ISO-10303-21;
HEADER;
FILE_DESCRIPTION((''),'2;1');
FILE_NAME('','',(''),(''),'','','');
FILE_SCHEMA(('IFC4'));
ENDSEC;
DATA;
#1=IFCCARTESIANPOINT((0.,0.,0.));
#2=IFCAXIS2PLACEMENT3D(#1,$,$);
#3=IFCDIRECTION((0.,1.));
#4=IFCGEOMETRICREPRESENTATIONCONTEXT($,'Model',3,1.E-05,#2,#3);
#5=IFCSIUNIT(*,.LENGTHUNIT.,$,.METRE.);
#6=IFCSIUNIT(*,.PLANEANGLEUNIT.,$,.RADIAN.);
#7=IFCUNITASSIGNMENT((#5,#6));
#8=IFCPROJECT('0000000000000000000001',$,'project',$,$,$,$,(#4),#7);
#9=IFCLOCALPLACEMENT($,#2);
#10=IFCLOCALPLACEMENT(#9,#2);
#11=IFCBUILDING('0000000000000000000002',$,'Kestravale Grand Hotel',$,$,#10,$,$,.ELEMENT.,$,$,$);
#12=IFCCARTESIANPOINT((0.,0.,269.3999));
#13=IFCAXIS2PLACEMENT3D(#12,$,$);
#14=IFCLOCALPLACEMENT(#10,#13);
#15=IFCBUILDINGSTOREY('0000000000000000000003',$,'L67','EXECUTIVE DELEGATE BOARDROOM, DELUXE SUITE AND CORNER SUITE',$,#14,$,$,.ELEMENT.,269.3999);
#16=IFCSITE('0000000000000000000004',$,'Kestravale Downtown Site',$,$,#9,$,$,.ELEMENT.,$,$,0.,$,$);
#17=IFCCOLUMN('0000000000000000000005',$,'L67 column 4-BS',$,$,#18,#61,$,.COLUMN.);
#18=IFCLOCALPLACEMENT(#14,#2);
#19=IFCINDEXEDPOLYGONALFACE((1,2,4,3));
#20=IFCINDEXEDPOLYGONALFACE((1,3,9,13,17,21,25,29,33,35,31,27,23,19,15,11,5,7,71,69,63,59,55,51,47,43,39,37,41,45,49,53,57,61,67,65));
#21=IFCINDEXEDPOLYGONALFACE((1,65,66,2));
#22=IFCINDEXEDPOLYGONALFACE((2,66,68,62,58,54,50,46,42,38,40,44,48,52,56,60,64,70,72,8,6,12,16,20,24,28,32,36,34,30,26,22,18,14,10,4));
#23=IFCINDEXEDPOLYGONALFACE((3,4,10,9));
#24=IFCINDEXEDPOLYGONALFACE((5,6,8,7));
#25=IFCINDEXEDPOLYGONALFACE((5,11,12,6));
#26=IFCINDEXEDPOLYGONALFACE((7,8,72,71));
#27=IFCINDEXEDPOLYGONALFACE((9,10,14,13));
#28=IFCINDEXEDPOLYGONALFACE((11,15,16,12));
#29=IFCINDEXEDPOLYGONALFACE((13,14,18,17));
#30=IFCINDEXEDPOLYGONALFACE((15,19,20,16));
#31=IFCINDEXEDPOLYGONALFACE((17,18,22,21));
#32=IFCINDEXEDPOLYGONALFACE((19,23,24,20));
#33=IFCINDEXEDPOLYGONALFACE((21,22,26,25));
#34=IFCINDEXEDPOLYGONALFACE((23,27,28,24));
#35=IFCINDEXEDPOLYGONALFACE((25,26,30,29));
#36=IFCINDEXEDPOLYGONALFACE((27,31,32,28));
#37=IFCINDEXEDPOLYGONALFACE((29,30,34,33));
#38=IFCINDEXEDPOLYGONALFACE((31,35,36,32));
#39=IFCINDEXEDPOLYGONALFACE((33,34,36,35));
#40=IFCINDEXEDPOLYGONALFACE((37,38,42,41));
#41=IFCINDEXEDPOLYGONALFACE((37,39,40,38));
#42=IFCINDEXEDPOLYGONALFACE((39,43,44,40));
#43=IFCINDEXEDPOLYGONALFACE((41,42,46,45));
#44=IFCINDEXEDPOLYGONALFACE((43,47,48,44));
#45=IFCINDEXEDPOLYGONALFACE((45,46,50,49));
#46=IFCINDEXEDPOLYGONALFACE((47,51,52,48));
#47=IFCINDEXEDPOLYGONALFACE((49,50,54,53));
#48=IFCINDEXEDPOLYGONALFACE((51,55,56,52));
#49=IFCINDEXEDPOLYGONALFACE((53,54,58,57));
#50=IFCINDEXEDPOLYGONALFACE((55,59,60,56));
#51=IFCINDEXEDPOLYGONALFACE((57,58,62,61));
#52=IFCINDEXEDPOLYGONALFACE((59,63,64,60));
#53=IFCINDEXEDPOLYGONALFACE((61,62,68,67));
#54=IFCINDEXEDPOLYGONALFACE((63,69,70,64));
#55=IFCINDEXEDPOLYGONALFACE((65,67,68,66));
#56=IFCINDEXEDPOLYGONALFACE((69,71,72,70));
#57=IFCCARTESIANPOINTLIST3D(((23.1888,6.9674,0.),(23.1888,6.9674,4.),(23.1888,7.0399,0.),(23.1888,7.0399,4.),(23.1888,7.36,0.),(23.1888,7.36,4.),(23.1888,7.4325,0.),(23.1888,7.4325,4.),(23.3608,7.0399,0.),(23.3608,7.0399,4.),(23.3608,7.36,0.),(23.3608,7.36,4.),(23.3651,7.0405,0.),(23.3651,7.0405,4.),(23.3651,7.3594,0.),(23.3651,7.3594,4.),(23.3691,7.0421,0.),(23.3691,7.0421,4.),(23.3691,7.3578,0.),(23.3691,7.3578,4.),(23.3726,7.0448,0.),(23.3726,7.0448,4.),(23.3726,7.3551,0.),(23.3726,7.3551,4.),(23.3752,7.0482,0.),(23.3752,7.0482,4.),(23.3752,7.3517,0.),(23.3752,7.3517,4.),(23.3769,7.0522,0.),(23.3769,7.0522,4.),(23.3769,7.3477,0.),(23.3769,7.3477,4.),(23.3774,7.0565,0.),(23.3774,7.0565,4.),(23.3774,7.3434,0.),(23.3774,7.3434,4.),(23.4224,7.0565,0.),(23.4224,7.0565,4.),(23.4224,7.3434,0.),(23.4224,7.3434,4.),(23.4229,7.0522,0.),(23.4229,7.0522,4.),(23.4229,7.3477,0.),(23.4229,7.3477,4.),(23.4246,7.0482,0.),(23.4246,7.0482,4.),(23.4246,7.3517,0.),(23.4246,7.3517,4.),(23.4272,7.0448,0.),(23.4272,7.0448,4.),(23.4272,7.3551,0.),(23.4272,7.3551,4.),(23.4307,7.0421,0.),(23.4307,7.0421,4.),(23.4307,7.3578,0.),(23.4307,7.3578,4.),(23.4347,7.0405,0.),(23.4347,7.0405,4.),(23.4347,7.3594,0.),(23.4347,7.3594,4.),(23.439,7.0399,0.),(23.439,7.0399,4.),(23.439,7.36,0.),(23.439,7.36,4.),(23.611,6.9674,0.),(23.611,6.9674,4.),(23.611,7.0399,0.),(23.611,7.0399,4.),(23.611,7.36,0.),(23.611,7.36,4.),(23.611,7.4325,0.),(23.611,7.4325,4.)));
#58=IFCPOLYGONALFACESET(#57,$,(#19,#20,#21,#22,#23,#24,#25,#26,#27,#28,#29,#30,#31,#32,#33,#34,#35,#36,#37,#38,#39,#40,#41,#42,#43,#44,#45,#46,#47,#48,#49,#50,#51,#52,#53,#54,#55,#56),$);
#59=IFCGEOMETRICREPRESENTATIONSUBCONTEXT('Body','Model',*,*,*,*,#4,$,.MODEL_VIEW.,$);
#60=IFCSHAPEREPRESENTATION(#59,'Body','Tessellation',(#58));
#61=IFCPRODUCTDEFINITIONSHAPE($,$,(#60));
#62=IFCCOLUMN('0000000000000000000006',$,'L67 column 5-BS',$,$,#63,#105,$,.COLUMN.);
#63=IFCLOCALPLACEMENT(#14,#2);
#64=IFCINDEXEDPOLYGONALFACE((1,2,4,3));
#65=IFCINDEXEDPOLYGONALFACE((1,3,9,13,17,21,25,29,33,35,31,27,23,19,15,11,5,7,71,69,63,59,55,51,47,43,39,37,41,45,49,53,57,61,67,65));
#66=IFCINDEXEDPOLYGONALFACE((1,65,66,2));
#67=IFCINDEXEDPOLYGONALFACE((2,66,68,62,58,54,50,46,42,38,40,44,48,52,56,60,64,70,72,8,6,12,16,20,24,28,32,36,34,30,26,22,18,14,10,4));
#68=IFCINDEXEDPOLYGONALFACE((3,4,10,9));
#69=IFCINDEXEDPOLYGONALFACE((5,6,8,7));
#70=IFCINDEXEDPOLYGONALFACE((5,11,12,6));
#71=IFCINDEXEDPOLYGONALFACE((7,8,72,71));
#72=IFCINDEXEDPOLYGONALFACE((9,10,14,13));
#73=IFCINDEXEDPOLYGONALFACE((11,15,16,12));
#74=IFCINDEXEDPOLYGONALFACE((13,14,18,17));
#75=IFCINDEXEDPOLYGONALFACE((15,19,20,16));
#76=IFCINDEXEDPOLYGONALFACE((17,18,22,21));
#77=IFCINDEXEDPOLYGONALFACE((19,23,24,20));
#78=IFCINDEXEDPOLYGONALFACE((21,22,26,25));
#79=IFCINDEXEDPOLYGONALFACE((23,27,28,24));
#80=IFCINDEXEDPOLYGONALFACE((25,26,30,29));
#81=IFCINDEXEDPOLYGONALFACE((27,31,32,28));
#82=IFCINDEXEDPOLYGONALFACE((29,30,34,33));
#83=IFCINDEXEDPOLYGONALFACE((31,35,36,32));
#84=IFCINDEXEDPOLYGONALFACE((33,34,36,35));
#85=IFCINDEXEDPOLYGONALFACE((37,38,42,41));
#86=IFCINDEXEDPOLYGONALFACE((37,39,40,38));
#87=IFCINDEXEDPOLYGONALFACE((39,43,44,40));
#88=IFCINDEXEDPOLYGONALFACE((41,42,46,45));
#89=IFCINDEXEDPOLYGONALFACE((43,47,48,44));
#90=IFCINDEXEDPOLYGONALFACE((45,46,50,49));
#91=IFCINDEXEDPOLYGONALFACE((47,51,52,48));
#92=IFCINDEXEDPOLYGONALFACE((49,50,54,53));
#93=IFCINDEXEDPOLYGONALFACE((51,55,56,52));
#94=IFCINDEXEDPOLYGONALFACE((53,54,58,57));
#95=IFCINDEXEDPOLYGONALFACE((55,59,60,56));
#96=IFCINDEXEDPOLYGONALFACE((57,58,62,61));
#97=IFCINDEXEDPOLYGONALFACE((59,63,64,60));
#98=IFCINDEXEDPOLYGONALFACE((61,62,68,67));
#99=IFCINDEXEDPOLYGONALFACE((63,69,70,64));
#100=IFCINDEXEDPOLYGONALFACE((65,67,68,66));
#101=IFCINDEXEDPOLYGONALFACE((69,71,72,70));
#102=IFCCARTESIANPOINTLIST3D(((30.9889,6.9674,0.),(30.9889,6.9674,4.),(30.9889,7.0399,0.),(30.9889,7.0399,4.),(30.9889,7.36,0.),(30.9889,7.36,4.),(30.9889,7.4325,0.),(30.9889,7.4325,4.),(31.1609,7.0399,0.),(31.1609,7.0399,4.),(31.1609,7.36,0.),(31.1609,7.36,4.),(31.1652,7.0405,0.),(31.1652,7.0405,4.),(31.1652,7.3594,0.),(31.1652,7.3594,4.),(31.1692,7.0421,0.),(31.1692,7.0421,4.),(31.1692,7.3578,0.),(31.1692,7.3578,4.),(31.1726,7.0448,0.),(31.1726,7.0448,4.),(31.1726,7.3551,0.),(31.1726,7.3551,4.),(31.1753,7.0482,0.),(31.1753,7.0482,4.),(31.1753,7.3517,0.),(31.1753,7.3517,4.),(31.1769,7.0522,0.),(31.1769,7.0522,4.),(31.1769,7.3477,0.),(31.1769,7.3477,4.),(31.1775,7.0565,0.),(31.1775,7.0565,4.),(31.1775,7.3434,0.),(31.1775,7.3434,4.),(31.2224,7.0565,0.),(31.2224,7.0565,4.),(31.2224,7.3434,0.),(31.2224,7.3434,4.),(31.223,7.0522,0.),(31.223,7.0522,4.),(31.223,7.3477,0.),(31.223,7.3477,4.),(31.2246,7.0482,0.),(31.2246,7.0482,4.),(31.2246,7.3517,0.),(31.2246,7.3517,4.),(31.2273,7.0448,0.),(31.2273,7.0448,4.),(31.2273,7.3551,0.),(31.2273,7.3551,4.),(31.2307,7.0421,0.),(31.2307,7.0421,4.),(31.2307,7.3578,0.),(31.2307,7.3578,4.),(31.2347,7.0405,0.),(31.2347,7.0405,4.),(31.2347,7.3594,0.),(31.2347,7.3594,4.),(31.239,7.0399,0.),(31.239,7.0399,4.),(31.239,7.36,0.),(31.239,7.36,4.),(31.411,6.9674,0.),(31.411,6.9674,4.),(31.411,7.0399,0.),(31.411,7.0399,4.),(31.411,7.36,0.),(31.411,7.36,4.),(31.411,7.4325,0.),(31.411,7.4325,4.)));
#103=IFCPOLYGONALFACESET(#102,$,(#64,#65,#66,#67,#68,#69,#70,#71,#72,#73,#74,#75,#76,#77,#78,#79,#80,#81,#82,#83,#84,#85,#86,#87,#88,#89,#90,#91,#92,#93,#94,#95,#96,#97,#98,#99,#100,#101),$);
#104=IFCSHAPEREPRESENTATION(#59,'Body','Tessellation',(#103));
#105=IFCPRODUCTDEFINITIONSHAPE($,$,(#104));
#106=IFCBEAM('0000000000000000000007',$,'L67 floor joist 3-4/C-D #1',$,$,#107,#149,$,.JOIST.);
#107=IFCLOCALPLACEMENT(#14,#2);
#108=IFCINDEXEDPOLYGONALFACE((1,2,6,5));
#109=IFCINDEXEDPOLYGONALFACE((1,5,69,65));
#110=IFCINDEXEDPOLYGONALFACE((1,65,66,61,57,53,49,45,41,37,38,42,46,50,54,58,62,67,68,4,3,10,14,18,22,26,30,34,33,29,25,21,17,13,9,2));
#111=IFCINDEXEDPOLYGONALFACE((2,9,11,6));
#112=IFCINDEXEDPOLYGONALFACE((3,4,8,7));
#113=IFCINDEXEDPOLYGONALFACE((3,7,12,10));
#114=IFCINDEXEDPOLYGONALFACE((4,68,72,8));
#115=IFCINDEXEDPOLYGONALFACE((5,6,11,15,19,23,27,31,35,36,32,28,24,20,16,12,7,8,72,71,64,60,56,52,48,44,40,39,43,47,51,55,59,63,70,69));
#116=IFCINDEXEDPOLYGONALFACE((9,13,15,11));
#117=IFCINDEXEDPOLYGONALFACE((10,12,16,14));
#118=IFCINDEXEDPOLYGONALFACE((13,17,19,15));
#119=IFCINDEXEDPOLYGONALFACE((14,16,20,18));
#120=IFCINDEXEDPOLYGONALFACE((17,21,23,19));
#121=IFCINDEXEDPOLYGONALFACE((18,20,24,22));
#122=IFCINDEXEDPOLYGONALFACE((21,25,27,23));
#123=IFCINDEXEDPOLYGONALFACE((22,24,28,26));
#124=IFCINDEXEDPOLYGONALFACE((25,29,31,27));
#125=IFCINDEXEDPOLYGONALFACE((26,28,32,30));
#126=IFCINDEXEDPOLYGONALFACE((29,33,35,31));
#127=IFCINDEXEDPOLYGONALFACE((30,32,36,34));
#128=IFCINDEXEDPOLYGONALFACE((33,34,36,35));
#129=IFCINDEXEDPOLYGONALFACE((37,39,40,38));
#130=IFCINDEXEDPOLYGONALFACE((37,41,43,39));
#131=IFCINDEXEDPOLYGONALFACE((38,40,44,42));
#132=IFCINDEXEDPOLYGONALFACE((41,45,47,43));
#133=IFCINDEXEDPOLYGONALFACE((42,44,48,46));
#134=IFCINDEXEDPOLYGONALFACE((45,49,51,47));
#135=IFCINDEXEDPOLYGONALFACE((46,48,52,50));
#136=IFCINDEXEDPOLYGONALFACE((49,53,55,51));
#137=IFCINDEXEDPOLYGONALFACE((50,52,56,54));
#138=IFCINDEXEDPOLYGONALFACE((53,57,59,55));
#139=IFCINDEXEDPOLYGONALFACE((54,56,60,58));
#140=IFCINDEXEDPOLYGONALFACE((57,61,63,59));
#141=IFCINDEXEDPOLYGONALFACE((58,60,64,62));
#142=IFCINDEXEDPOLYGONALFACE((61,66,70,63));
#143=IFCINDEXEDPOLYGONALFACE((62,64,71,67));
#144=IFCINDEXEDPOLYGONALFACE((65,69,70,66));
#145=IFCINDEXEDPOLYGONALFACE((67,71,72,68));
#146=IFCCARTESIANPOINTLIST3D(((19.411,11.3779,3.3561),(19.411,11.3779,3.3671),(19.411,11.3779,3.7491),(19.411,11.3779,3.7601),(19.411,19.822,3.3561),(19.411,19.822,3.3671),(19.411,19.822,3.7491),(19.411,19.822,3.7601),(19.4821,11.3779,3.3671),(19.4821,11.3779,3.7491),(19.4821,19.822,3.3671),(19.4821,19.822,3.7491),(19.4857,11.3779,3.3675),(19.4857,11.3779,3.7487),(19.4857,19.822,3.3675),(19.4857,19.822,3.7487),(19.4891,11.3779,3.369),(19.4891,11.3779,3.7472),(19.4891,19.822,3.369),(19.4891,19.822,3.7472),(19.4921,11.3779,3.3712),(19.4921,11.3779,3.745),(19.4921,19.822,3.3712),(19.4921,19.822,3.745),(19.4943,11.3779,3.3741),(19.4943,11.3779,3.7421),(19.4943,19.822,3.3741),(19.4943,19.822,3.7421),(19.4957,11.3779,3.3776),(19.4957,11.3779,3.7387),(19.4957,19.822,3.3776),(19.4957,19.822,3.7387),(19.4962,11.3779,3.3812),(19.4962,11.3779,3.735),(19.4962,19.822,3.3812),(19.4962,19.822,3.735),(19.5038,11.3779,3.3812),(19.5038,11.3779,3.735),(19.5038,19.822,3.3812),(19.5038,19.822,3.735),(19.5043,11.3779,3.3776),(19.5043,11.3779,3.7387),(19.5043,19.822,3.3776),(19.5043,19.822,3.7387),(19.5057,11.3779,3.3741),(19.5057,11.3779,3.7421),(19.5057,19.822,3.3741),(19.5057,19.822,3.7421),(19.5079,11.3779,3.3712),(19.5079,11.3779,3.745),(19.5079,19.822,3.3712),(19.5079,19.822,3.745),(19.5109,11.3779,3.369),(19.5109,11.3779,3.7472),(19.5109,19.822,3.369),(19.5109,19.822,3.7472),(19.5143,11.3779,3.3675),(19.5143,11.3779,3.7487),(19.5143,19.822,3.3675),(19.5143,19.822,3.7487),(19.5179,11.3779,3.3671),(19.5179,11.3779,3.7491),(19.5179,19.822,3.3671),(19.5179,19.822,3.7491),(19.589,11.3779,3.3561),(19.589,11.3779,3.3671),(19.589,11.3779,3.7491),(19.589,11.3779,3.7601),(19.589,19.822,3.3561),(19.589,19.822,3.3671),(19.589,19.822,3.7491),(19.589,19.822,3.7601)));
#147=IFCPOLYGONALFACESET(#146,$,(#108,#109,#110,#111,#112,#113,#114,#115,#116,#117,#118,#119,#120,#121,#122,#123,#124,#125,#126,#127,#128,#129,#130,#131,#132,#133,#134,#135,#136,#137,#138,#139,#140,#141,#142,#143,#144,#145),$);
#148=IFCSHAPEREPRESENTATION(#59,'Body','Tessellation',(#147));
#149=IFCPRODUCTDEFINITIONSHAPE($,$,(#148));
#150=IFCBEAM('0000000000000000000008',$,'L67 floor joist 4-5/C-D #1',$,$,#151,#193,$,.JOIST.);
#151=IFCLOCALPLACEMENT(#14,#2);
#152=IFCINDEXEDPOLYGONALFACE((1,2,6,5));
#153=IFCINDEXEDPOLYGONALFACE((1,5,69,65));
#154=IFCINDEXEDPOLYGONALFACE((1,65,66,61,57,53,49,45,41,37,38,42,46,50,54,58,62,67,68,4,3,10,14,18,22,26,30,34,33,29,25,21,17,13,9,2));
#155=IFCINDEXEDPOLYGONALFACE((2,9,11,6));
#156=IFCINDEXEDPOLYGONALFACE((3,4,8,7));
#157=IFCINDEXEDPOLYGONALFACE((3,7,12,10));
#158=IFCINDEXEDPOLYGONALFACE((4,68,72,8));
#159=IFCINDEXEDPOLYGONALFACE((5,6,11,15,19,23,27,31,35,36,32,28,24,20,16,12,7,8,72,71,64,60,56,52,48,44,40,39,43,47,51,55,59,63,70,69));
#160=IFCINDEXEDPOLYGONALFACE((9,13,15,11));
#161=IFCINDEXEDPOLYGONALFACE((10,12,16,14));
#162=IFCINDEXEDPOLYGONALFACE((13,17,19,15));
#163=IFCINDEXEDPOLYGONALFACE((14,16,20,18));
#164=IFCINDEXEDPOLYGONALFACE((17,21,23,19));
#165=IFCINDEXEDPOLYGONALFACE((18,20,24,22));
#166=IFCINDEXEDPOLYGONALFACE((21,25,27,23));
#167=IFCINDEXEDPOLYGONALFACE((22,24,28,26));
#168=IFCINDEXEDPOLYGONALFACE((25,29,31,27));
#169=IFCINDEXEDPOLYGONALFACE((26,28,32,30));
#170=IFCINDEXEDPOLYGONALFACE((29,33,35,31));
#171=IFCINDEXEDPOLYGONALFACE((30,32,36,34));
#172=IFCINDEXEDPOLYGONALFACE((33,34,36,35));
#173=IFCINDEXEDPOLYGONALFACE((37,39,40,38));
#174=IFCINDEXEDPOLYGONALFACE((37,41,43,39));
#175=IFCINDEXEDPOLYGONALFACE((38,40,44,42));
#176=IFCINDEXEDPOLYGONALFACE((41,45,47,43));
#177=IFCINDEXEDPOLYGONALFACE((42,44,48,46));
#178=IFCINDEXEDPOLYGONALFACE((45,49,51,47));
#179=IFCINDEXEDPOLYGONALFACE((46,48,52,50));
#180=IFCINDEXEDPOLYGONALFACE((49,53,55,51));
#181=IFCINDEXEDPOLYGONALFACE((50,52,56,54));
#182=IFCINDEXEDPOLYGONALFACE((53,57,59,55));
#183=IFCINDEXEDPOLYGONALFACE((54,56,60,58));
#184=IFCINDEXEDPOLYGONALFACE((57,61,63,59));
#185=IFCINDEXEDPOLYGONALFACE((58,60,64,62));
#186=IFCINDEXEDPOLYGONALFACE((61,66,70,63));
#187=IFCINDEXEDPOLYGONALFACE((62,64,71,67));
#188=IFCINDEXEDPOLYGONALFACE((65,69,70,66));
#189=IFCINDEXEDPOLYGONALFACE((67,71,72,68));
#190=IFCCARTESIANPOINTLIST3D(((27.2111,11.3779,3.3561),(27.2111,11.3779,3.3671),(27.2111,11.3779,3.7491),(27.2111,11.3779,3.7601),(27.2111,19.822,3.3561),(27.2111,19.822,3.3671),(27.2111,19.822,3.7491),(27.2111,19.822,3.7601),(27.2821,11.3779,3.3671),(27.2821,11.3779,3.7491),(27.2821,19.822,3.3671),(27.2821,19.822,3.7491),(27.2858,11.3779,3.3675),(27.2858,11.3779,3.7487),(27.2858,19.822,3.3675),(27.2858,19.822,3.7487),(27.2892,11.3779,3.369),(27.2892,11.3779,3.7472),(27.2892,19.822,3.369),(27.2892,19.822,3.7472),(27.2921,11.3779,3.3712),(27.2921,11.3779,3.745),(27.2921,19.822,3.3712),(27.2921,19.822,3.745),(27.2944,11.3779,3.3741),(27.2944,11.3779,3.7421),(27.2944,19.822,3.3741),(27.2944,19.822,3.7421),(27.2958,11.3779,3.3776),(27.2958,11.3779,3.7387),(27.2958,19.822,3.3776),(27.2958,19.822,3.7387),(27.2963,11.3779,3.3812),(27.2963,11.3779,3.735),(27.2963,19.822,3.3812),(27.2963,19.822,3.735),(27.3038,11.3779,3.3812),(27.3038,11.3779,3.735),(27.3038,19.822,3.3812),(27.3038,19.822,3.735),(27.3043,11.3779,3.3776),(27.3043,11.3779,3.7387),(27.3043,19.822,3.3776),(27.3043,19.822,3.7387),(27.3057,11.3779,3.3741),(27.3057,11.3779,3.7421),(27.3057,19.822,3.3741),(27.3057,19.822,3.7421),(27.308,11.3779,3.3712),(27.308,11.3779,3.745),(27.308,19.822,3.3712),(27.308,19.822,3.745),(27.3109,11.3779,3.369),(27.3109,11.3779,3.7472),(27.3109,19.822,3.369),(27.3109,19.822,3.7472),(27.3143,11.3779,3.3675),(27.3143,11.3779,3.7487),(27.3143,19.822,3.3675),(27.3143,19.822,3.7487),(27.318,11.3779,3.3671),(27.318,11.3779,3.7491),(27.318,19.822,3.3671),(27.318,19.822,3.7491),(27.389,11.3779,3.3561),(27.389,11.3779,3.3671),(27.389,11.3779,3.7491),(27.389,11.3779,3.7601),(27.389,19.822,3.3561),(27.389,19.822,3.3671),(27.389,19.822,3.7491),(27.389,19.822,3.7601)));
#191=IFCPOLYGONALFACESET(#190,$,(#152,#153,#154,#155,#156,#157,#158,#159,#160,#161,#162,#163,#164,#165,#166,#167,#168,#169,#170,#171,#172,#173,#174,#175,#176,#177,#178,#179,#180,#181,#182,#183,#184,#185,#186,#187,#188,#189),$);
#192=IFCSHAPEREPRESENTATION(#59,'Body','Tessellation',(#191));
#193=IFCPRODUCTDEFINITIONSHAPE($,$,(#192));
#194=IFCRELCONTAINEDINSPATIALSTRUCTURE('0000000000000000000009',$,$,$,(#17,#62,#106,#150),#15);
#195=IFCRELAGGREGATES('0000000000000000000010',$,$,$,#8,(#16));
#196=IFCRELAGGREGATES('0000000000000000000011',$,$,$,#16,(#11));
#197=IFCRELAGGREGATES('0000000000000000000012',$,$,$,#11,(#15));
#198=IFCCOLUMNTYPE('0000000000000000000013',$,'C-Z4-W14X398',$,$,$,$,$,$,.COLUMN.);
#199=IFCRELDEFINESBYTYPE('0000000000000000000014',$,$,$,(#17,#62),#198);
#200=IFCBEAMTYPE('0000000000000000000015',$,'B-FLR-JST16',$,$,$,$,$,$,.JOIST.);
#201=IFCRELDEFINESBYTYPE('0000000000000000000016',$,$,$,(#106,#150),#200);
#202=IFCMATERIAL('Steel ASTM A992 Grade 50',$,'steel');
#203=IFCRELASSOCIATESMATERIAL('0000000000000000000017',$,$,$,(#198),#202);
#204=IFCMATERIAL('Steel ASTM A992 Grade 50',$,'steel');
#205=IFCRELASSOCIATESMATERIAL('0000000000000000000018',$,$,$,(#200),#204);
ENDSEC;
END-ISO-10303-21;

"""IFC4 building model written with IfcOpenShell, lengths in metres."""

from ifc_helpers import new_model, si_unit, direction, frame, origin, origin_2d, place, context, subcontext, project, spatial, i_section, extrude, material, material_profile, profile_set, type_object, element, save


model = new_model("IFC4")

# Units and contexts
model_context = context("Model", 3, precision=1e-05, world=origin(), true_north=direction((0.0, 1.0)))
body_context = subcontext(model_context, "Body", "Model", "MODEL_VIEW")
ifc_project = project(units=[si_unit("LENGTHUNIT", "METRE"), si_unit("PLANEANGLEUNIT", "RADIAN")], contexts=[model_context])

# Site, building, storey
site_placement = place(None, origin())
site = spatial("IfcSite", under=ifc_project, at=site_placement, Name="Kestravale Downtown Site", CompositionType="ELEMENT", RefElevation=0.0)
building_placement = place(site_placement, origin())
building = spatial("IfcBuilding", under=site, at=building_placement, Name="Kestravale Grand Hotel", CompositionType="ELEMENT")
storey_placement = place(building_placement, frame((0.0, 0.0, 269.3999)))
storey = spatial("IfcBuildingStorey", under=building, at=storey_placement, Name="L67", Description="EXECUTIVE DELEGATE BOARDROOM, DELUXE SUITE AND CORNER SUITE", CompositionType="ELEMENT", Elevation=269.3999)

# Columns
ifc_material_1 = material(Name="Steel ASTM A992 Grade 50", Category="steel")
ifc_material_profile_1 = material_profile(ifc_material_1, i_section(OverallWidth=0.4221, OverallDepth=0.4651, WebThickness=0.0449, FlangeThickness=0.0725, FilletRadius=0.0166, at=origin_2d()))
ifc_profile_set_1 = profile_set([ifc_material_profile_1], Name="Steel ASTM A992 Grade 50")
column_type = type_object("IfcColumnType", Name="C-Z4-W14X398", PredefinedType="COLUMN", material=ifc_profile_set_1)
for number, where, z_axis, x_axis, name in (
    (1, (23.3999, 7.2, 0.0), (0.0, 0.0, 1.0), (1.0, 0.0, 0.0), "L67 column 4-BS"),
    (2, (31.2, 7.2, 0.0), (0.0, 0.0, 1.0), (1.0, 0.0, 0.0), "L67 column 5-BS"),
):
    element("IfcColumn", number, at=place(storey_placement, frame(where, z_axis=z_axis, x_axis=x_axis)), inside=storey, type_object=column_type, Name=name, PredefinedType="COLUMN", context=body_context, shape_type="SweptSolid", body=[
        extrude(i_section(OverallWidth=0.4221, OverallDepth=0.4651, WebThickness=0.0449, FlangeThickness=0.0725, FilletRadius=0.0166, at=origin_2d()), origin(), (0.0, 0.0, 1.0), 4.0),
    ])

# Beams
ifc_material_2 = material(Name="Steel ASTM A992 Grade 50", Category="steel")
ifc_material_profile_2 = material_profile(ifc_material_2, i_section(OverallWidth=0.178, OverallDepth=0.4041, WebThickness=0.0076, FlangeThickness=0.011, FilletRadius=0.0142, at=origin_2d()))
ifc_profile_set_2 = profile_set([ifc_material_profile_2], Name="Steel ASTM A992 Grade 50")
beam_type_1 = type_object("IfcBeamType", Name="B-FLR-JST16", PredefinedType="JOIST", material=ifc_profile_set_2)
for number, where, z_axis, x_axis, name in (
    (3, (19.5, 11.3779, 3.5581), (0.0, 1.0, 0.0), (-1.0, 0.0, 0.0), "L67 floor joist 3-4/C-D #1"),
    (4, (27.3, 11.3779, 3.5581), (0.0, 1.0, 0.0), (-1.0, 0.0, 0.0), "L67 floor joist 4-5/C-D #1"),
):
    element("IfcBeam", number, at=place(storey_placement, frame(where, z_axis=z_axis, x_axis=x_axis)), inside=storey, type_object=beam_type_1, Name=name, PredefinedType="JOIST", context=body_context, shape_type="SweptSolid", body=[
        extrude(i_section(OverallWidth=0.178, OverallDepth=0.4041, WebThickness=0.0076, FlangeThickness=0.011, FilletRadius=0.0142, at=origin_2d()), origin(), (0.0, 0.0, 1.0), 8.4441),
    ])

save(model, "model.ifc")
